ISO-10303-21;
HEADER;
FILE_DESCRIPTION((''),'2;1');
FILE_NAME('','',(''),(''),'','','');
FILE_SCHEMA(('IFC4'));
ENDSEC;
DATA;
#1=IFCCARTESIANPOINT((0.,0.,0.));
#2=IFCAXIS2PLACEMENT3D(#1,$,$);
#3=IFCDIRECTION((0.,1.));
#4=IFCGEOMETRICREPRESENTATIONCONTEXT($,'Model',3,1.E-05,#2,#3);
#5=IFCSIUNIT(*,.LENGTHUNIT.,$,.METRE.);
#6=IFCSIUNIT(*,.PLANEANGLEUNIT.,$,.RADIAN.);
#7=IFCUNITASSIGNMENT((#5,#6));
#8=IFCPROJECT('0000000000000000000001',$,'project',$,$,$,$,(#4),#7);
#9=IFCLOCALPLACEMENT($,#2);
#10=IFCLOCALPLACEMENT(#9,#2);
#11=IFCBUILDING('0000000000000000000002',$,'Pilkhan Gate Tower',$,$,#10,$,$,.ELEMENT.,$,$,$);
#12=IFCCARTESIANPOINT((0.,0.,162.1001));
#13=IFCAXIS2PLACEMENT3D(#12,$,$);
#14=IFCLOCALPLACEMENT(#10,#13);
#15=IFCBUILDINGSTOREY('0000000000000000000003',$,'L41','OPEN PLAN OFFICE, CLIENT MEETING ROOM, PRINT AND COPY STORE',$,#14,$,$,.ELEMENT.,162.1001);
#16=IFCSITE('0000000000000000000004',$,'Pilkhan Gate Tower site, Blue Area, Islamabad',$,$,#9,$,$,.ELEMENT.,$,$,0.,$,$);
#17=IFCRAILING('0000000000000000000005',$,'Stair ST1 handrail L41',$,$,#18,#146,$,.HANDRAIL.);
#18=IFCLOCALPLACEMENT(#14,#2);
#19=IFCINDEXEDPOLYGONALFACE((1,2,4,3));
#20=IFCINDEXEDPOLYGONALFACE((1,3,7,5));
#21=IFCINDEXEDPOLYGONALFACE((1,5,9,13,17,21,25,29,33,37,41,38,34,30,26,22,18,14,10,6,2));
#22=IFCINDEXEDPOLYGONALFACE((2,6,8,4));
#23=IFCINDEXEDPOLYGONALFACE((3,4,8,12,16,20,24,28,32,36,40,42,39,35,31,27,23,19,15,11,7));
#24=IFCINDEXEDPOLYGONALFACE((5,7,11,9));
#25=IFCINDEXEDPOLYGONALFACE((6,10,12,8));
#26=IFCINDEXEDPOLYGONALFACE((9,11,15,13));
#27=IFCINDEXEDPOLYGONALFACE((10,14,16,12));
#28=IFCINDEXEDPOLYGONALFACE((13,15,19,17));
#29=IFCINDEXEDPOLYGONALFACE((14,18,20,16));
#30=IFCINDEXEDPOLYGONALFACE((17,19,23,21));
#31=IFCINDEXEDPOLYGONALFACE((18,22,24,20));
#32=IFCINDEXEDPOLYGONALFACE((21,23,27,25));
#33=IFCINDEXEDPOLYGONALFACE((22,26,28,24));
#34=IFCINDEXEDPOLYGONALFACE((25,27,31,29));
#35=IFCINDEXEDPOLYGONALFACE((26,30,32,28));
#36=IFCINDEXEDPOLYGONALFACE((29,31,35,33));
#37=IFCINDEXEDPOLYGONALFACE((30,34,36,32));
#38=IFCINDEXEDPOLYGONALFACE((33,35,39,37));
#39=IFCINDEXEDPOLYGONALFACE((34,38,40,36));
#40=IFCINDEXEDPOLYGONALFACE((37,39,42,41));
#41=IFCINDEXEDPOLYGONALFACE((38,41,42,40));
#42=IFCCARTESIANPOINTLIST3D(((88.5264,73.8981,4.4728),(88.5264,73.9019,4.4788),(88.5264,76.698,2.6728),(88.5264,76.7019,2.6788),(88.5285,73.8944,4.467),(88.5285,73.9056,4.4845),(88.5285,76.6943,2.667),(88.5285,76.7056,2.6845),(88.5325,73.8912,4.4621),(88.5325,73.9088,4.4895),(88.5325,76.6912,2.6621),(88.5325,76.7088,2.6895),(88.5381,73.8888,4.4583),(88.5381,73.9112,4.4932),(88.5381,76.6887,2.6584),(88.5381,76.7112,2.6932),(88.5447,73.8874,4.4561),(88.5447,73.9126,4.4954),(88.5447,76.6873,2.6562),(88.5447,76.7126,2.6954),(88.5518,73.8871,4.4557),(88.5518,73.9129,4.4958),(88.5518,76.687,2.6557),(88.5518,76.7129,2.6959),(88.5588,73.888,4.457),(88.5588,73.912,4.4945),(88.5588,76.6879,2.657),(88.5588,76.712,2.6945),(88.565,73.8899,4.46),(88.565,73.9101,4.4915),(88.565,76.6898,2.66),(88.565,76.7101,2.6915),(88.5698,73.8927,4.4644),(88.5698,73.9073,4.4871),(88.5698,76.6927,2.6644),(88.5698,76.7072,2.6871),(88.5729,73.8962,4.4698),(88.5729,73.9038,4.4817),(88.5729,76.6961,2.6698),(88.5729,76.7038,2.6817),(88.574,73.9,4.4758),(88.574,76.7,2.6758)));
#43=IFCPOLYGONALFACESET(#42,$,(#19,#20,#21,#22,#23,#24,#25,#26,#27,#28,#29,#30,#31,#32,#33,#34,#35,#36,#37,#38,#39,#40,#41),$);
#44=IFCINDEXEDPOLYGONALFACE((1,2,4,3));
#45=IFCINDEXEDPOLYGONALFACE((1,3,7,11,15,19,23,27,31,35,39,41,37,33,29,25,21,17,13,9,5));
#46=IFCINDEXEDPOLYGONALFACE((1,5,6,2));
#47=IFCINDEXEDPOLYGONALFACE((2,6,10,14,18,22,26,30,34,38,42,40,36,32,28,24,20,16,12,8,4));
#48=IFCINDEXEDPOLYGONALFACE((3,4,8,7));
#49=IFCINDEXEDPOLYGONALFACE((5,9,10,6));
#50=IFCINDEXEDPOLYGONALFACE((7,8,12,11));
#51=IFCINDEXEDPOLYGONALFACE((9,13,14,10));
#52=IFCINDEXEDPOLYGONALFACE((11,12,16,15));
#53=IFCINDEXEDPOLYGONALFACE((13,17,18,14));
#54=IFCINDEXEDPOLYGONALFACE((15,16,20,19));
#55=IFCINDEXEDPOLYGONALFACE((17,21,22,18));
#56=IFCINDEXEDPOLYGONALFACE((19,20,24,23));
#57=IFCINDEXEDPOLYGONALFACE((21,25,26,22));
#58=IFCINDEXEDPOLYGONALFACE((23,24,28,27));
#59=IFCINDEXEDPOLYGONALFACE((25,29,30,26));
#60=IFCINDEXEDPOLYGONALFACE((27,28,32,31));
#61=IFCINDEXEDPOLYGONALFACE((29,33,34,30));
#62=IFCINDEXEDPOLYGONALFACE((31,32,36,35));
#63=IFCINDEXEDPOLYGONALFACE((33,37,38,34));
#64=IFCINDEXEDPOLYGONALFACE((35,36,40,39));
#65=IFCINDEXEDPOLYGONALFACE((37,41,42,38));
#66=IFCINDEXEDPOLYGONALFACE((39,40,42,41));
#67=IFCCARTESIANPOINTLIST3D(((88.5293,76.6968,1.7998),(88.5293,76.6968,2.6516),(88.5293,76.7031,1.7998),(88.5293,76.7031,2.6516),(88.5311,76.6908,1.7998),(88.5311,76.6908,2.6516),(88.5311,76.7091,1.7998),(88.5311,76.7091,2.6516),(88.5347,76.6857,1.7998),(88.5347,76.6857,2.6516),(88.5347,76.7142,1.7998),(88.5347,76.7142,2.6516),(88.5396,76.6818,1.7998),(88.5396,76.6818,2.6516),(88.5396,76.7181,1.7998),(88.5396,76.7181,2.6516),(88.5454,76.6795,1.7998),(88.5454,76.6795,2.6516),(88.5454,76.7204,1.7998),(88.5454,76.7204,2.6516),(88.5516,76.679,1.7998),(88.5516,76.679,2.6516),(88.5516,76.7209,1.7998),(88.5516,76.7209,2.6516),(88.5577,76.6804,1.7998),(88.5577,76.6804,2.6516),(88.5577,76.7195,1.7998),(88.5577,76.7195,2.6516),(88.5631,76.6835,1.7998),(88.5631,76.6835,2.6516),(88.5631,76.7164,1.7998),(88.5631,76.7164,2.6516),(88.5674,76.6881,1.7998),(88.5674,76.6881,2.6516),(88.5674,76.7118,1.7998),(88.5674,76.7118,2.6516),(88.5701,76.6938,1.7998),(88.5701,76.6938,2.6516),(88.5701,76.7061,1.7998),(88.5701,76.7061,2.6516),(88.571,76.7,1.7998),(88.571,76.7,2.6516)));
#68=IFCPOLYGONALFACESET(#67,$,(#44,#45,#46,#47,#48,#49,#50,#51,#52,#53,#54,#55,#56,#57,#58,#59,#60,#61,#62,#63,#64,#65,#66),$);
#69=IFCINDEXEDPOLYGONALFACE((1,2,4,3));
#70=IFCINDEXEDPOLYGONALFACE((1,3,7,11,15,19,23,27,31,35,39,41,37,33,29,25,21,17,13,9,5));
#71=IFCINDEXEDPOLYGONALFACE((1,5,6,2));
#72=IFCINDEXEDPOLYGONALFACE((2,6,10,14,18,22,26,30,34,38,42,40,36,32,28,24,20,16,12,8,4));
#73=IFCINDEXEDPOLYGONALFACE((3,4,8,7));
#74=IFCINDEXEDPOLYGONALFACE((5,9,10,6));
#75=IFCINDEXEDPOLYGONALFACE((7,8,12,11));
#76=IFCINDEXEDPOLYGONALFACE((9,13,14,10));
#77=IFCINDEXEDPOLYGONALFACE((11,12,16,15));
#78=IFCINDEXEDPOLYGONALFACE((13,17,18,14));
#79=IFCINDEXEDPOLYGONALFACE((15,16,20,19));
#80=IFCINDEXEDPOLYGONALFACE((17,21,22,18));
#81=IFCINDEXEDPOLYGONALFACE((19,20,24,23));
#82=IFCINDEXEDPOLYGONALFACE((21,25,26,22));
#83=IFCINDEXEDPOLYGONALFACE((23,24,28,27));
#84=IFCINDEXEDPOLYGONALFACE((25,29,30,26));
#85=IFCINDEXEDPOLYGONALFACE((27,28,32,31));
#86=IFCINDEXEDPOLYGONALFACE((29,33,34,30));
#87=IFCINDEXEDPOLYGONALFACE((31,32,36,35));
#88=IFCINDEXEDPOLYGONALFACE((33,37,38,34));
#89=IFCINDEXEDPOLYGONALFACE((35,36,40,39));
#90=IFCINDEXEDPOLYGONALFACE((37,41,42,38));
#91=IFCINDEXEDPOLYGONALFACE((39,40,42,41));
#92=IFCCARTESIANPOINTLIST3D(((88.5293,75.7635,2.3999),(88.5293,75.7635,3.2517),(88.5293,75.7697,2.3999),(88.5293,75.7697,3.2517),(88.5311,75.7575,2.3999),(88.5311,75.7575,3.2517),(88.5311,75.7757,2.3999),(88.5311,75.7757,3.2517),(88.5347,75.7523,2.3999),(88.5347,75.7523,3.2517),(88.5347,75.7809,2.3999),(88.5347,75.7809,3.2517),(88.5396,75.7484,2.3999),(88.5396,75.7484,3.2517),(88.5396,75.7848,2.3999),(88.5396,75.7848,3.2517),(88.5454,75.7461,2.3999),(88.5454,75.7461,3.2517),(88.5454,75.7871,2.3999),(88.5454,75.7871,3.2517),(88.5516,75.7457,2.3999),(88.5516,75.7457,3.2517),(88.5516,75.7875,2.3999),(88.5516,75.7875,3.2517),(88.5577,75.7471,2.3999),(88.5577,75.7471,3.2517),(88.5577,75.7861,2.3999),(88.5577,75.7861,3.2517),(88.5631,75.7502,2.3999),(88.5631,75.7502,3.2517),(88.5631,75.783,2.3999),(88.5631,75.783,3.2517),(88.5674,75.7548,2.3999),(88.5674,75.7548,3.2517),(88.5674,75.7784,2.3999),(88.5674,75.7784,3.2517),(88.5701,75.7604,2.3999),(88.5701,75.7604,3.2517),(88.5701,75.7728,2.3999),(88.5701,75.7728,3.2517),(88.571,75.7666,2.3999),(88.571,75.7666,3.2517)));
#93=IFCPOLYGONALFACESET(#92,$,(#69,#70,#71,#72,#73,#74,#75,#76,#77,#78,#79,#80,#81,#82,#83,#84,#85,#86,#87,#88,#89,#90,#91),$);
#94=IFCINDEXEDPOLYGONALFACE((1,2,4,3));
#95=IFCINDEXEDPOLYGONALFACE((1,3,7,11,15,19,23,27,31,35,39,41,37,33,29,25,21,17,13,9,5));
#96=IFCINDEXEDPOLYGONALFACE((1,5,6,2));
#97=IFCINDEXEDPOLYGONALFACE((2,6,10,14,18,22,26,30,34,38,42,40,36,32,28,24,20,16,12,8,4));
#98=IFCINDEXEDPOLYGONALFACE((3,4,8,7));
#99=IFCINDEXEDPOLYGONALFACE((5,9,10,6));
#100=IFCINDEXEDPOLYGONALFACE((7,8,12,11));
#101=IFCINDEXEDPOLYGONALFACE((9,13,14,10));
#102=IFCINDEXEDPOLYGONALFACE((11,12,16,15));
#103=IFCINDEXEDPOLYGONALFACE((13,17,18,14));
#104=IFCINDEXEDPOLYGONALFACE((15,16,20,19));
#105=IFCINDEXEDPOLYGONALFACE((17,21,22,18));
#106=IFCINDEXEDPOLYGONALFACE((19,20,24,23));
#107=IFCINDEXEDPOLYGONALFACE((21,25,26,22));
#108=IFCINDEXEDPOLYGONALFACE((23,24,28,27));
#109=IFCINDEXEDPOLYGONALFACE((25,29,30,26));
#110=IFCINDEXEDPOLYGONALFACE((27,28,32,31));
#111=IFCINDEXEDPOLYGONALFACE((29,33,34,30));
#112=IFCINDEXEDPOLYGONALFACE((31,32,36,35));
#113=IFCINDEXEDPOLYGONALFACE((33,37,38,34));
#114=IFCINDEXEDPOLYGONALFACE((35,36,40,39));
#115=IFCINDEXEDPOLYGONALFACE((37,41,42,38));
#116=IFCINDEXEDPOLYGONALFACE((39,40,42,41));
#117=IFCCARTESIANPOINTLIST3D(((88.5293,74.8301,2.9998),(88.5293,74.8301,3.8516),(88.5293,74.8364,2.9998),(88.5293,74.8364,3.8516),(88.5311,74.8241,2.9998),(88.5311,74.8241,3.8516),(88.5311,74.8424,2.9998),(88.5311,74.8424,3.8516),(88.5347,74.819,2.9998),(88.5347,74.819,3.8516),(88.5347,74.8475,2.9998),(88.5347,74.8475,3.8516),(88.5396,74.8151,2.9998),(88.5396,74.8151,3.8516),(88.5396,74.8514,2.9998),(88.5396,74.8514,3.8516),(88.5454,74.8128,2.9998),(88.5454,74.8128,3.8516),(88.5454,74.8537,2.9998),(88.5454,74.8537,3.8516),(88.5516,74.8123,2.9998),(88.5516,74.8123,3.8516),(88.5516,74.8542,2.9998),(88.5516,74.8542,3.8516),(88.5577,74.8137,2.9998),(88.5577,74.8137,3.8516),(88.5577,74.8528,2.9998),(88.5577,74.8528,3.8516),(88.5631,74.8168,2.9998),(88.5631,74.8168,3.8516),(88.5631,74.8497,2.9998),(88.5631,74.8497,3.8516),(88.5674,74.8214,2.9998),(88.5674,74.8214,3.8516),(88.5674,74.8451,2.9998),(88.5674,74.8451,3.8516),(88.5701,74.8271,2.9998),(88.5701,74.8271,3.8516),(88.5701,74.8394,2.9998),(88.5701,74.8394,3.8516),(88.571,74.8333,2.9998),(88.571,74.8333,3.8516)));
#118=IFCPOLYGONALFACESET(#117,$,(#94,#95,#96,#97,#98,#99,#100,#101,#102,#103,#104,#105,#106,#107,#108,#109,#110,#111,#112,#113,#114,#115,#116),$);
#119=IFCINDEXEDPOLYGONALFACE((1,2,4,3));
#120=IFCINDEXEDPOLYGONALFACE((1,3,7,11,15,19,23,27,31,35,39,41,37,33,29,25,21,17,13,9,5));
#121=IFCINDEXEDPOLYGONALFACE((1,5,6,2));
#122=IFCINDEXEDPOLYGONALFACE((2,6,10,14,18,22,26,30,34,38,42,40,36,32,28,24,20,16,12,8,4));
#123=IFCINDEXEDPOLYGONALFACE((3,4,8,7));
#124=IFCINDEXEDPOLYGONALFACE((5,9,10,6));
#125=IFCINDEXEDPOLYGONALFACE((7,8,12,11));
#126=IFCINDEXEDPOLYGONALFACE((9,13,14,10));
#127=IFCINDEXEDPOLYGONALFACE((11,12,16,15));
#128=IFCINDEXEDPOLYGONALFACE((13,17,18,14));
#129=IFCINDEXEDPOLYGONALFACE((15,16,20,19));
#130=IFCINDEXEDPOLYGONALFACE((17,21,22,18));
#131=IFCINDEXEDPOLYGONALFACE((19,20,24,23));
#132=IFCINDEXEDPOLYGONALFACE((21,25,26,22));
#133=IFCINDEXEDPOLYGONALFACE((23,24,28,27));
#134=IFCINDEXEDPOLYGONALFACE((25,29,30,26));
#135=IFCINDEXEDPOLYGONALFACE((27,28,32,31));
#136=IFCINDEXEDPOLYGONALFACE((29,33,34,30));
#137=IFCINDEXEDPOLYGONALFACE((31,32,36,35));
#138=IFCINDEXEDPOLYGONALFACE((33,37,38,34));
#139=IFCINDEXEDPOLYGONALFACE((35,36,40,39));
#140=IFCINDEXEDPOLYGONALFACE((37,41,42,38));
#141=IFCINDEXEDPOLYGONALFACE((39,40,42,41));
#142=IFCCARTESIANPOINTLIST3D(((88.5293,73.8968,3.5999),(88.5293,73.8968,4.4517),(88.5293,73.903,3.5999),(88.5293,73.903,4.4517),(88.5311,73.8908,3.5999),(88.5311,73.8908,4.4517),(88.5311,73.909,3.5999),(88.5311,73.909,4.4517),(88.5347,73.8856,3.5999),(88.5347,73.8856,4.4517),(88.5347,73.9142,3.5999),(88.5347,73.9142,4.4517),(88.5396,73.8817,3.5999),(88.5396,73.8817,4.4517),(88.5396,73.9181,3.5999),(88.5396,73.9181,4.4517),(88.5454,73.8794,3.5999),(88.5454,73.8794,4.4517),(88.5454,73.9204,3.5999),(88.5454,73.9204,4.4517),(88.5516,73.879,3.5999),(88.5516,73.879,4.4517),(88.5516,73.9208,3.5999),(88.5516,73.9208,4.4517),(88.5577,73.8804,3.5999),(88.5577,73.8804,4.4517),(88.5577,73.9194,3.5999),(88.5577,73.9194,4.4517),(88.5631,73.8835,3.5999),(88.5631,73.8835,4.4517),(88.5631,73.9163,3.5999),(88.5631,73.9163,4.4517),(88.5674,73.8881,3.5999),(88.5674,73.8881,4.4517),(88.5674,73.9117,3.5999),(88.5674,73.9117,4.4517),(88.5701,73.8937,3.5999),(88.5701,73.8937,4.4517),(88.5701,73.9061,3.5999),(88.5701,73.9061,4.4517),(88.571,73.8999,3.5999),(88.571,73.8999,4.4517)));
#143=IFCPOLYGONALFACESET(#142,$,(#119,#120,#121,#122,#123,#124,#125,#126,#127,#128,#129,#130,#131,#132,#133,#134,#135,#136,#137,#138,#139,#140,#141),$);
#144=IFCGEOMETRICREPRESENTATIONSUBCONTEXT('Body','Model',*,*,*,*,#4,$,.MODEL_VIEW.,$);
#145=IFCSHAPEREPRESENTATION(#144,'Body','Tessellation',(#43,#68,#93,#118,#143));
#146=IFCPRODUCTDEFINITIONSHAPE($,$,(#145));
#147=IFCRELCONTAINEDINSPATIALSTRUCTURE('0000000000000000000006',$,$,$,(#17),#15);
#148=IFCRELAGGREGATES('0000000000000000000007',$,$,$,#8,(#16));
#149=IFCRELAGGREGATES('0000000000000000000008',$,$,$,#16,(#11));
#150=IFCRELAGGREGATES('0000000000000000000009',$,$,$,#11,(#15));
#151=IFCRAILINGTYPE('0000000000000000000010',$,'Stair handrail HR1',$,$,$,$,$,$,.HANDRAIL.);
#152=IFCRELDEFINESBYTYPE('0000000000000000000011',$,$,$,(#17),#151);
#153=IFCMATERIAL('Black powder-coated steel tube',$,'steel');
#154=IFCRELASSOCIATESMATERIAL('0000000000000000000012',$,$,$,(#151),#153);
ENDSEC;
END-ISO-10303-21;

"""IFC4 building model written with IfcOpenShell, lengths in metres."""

from ifc_helpers import new_model, si_unit, direction, frame, origin, origin_2d, place, context, subcontext, project, spatial, circle, extrude, material, type_object, element, save


model = new_model("IFC4")

# Units and contexts
model_context = context("Model", 3, precision=1e-05, world=origin(), true_north=direction((0.0, 1.0)))
body_context = subcontext(model_context, "Body", "Model", "MODEL_VIEW")
ifc_project = project(units=[si_unit("LENGTHUNIT", "METRE"), si_unit("PLANEANGLEUNIT", "RADIAN")], contexts=[model_context])

# Site, building, storey
site_placement = place(None, origin())
site = spatial("IfcSite", under=ifc_project, at=site_placement, Name="Pilkhan Gate Tower site, Blue Area, Islamabad", CompositionType="ELEMENT", RefElevation=0.0)
building_placement = place(site_placement, origin())
building = spatial("IfcBuilding", under=site, at=building_placement, Name="Pilkhan Gate Tower", CompositionType="ELEMENT")
storey_placement = place(building_placement, frame((0.0, 0.0, 162.1001)))
storey = spatial("IfcBuildingStorey", under=building, at=storey_placement, Name="L41", Description="OPEN PLAN OFFICE, CLIENT MEETING ROOM, PRINT AND COPY STORE", CompositionType="ELEMENT", Elevation=162.1001)

# Railing
ifc_material_1 = material(Name="Black powder-coated steel tube", Category="steel")
railing_type_1 = type_object("IfcRailingType", Name="Stair handrail HR1", PredefinedType="HANDRAIL", material=ifc_material_1)
railing_1_placement = place(storey_placement, frame((88.55, 76.7, 1.7998)))
element("IfcRailing", 1, at=railing_1_placement, inside=storey, type_object=railing_type_1, Name="Stair ST1 handrail L41", PredefinedType="HANDRAIL", context=body_context, shape_type="SweptSolid", body=[
    extrude(circle(Radius=0.0239, at=origin_2d()), frame((0.0, 0.0, 0.876), z_axis=(0.0, -0.841176, 0.540761), x_axis=(1.0, 0.0, 0.0)), (0.0, 0.0, 1.0), 3.3286),
    extrude(circle(Radius=0.021, at=origin_2d()), origin(), (0.0, 0.0, 1.0), 0.8518),
    extrude(circle(Radius=0.021, at=origin_2d()), frame((0.0, -0.9333, 0.6001)), (0.0, 0.0, 1.0), 0.8518),
    extrude(circle(Radius=0.021, at=origin_2d()), frame((0.0, -1.8667, 1.2)), (0.0, 0.0, 1.0), 0.8518),
    extrude(circle(Radius=0.021, at=origin_2d()), frame((0.0, -2.8, 1.8)), (0.0, 0.0, 1.0), 0.8518),
])

save(model, "model.ifc")
